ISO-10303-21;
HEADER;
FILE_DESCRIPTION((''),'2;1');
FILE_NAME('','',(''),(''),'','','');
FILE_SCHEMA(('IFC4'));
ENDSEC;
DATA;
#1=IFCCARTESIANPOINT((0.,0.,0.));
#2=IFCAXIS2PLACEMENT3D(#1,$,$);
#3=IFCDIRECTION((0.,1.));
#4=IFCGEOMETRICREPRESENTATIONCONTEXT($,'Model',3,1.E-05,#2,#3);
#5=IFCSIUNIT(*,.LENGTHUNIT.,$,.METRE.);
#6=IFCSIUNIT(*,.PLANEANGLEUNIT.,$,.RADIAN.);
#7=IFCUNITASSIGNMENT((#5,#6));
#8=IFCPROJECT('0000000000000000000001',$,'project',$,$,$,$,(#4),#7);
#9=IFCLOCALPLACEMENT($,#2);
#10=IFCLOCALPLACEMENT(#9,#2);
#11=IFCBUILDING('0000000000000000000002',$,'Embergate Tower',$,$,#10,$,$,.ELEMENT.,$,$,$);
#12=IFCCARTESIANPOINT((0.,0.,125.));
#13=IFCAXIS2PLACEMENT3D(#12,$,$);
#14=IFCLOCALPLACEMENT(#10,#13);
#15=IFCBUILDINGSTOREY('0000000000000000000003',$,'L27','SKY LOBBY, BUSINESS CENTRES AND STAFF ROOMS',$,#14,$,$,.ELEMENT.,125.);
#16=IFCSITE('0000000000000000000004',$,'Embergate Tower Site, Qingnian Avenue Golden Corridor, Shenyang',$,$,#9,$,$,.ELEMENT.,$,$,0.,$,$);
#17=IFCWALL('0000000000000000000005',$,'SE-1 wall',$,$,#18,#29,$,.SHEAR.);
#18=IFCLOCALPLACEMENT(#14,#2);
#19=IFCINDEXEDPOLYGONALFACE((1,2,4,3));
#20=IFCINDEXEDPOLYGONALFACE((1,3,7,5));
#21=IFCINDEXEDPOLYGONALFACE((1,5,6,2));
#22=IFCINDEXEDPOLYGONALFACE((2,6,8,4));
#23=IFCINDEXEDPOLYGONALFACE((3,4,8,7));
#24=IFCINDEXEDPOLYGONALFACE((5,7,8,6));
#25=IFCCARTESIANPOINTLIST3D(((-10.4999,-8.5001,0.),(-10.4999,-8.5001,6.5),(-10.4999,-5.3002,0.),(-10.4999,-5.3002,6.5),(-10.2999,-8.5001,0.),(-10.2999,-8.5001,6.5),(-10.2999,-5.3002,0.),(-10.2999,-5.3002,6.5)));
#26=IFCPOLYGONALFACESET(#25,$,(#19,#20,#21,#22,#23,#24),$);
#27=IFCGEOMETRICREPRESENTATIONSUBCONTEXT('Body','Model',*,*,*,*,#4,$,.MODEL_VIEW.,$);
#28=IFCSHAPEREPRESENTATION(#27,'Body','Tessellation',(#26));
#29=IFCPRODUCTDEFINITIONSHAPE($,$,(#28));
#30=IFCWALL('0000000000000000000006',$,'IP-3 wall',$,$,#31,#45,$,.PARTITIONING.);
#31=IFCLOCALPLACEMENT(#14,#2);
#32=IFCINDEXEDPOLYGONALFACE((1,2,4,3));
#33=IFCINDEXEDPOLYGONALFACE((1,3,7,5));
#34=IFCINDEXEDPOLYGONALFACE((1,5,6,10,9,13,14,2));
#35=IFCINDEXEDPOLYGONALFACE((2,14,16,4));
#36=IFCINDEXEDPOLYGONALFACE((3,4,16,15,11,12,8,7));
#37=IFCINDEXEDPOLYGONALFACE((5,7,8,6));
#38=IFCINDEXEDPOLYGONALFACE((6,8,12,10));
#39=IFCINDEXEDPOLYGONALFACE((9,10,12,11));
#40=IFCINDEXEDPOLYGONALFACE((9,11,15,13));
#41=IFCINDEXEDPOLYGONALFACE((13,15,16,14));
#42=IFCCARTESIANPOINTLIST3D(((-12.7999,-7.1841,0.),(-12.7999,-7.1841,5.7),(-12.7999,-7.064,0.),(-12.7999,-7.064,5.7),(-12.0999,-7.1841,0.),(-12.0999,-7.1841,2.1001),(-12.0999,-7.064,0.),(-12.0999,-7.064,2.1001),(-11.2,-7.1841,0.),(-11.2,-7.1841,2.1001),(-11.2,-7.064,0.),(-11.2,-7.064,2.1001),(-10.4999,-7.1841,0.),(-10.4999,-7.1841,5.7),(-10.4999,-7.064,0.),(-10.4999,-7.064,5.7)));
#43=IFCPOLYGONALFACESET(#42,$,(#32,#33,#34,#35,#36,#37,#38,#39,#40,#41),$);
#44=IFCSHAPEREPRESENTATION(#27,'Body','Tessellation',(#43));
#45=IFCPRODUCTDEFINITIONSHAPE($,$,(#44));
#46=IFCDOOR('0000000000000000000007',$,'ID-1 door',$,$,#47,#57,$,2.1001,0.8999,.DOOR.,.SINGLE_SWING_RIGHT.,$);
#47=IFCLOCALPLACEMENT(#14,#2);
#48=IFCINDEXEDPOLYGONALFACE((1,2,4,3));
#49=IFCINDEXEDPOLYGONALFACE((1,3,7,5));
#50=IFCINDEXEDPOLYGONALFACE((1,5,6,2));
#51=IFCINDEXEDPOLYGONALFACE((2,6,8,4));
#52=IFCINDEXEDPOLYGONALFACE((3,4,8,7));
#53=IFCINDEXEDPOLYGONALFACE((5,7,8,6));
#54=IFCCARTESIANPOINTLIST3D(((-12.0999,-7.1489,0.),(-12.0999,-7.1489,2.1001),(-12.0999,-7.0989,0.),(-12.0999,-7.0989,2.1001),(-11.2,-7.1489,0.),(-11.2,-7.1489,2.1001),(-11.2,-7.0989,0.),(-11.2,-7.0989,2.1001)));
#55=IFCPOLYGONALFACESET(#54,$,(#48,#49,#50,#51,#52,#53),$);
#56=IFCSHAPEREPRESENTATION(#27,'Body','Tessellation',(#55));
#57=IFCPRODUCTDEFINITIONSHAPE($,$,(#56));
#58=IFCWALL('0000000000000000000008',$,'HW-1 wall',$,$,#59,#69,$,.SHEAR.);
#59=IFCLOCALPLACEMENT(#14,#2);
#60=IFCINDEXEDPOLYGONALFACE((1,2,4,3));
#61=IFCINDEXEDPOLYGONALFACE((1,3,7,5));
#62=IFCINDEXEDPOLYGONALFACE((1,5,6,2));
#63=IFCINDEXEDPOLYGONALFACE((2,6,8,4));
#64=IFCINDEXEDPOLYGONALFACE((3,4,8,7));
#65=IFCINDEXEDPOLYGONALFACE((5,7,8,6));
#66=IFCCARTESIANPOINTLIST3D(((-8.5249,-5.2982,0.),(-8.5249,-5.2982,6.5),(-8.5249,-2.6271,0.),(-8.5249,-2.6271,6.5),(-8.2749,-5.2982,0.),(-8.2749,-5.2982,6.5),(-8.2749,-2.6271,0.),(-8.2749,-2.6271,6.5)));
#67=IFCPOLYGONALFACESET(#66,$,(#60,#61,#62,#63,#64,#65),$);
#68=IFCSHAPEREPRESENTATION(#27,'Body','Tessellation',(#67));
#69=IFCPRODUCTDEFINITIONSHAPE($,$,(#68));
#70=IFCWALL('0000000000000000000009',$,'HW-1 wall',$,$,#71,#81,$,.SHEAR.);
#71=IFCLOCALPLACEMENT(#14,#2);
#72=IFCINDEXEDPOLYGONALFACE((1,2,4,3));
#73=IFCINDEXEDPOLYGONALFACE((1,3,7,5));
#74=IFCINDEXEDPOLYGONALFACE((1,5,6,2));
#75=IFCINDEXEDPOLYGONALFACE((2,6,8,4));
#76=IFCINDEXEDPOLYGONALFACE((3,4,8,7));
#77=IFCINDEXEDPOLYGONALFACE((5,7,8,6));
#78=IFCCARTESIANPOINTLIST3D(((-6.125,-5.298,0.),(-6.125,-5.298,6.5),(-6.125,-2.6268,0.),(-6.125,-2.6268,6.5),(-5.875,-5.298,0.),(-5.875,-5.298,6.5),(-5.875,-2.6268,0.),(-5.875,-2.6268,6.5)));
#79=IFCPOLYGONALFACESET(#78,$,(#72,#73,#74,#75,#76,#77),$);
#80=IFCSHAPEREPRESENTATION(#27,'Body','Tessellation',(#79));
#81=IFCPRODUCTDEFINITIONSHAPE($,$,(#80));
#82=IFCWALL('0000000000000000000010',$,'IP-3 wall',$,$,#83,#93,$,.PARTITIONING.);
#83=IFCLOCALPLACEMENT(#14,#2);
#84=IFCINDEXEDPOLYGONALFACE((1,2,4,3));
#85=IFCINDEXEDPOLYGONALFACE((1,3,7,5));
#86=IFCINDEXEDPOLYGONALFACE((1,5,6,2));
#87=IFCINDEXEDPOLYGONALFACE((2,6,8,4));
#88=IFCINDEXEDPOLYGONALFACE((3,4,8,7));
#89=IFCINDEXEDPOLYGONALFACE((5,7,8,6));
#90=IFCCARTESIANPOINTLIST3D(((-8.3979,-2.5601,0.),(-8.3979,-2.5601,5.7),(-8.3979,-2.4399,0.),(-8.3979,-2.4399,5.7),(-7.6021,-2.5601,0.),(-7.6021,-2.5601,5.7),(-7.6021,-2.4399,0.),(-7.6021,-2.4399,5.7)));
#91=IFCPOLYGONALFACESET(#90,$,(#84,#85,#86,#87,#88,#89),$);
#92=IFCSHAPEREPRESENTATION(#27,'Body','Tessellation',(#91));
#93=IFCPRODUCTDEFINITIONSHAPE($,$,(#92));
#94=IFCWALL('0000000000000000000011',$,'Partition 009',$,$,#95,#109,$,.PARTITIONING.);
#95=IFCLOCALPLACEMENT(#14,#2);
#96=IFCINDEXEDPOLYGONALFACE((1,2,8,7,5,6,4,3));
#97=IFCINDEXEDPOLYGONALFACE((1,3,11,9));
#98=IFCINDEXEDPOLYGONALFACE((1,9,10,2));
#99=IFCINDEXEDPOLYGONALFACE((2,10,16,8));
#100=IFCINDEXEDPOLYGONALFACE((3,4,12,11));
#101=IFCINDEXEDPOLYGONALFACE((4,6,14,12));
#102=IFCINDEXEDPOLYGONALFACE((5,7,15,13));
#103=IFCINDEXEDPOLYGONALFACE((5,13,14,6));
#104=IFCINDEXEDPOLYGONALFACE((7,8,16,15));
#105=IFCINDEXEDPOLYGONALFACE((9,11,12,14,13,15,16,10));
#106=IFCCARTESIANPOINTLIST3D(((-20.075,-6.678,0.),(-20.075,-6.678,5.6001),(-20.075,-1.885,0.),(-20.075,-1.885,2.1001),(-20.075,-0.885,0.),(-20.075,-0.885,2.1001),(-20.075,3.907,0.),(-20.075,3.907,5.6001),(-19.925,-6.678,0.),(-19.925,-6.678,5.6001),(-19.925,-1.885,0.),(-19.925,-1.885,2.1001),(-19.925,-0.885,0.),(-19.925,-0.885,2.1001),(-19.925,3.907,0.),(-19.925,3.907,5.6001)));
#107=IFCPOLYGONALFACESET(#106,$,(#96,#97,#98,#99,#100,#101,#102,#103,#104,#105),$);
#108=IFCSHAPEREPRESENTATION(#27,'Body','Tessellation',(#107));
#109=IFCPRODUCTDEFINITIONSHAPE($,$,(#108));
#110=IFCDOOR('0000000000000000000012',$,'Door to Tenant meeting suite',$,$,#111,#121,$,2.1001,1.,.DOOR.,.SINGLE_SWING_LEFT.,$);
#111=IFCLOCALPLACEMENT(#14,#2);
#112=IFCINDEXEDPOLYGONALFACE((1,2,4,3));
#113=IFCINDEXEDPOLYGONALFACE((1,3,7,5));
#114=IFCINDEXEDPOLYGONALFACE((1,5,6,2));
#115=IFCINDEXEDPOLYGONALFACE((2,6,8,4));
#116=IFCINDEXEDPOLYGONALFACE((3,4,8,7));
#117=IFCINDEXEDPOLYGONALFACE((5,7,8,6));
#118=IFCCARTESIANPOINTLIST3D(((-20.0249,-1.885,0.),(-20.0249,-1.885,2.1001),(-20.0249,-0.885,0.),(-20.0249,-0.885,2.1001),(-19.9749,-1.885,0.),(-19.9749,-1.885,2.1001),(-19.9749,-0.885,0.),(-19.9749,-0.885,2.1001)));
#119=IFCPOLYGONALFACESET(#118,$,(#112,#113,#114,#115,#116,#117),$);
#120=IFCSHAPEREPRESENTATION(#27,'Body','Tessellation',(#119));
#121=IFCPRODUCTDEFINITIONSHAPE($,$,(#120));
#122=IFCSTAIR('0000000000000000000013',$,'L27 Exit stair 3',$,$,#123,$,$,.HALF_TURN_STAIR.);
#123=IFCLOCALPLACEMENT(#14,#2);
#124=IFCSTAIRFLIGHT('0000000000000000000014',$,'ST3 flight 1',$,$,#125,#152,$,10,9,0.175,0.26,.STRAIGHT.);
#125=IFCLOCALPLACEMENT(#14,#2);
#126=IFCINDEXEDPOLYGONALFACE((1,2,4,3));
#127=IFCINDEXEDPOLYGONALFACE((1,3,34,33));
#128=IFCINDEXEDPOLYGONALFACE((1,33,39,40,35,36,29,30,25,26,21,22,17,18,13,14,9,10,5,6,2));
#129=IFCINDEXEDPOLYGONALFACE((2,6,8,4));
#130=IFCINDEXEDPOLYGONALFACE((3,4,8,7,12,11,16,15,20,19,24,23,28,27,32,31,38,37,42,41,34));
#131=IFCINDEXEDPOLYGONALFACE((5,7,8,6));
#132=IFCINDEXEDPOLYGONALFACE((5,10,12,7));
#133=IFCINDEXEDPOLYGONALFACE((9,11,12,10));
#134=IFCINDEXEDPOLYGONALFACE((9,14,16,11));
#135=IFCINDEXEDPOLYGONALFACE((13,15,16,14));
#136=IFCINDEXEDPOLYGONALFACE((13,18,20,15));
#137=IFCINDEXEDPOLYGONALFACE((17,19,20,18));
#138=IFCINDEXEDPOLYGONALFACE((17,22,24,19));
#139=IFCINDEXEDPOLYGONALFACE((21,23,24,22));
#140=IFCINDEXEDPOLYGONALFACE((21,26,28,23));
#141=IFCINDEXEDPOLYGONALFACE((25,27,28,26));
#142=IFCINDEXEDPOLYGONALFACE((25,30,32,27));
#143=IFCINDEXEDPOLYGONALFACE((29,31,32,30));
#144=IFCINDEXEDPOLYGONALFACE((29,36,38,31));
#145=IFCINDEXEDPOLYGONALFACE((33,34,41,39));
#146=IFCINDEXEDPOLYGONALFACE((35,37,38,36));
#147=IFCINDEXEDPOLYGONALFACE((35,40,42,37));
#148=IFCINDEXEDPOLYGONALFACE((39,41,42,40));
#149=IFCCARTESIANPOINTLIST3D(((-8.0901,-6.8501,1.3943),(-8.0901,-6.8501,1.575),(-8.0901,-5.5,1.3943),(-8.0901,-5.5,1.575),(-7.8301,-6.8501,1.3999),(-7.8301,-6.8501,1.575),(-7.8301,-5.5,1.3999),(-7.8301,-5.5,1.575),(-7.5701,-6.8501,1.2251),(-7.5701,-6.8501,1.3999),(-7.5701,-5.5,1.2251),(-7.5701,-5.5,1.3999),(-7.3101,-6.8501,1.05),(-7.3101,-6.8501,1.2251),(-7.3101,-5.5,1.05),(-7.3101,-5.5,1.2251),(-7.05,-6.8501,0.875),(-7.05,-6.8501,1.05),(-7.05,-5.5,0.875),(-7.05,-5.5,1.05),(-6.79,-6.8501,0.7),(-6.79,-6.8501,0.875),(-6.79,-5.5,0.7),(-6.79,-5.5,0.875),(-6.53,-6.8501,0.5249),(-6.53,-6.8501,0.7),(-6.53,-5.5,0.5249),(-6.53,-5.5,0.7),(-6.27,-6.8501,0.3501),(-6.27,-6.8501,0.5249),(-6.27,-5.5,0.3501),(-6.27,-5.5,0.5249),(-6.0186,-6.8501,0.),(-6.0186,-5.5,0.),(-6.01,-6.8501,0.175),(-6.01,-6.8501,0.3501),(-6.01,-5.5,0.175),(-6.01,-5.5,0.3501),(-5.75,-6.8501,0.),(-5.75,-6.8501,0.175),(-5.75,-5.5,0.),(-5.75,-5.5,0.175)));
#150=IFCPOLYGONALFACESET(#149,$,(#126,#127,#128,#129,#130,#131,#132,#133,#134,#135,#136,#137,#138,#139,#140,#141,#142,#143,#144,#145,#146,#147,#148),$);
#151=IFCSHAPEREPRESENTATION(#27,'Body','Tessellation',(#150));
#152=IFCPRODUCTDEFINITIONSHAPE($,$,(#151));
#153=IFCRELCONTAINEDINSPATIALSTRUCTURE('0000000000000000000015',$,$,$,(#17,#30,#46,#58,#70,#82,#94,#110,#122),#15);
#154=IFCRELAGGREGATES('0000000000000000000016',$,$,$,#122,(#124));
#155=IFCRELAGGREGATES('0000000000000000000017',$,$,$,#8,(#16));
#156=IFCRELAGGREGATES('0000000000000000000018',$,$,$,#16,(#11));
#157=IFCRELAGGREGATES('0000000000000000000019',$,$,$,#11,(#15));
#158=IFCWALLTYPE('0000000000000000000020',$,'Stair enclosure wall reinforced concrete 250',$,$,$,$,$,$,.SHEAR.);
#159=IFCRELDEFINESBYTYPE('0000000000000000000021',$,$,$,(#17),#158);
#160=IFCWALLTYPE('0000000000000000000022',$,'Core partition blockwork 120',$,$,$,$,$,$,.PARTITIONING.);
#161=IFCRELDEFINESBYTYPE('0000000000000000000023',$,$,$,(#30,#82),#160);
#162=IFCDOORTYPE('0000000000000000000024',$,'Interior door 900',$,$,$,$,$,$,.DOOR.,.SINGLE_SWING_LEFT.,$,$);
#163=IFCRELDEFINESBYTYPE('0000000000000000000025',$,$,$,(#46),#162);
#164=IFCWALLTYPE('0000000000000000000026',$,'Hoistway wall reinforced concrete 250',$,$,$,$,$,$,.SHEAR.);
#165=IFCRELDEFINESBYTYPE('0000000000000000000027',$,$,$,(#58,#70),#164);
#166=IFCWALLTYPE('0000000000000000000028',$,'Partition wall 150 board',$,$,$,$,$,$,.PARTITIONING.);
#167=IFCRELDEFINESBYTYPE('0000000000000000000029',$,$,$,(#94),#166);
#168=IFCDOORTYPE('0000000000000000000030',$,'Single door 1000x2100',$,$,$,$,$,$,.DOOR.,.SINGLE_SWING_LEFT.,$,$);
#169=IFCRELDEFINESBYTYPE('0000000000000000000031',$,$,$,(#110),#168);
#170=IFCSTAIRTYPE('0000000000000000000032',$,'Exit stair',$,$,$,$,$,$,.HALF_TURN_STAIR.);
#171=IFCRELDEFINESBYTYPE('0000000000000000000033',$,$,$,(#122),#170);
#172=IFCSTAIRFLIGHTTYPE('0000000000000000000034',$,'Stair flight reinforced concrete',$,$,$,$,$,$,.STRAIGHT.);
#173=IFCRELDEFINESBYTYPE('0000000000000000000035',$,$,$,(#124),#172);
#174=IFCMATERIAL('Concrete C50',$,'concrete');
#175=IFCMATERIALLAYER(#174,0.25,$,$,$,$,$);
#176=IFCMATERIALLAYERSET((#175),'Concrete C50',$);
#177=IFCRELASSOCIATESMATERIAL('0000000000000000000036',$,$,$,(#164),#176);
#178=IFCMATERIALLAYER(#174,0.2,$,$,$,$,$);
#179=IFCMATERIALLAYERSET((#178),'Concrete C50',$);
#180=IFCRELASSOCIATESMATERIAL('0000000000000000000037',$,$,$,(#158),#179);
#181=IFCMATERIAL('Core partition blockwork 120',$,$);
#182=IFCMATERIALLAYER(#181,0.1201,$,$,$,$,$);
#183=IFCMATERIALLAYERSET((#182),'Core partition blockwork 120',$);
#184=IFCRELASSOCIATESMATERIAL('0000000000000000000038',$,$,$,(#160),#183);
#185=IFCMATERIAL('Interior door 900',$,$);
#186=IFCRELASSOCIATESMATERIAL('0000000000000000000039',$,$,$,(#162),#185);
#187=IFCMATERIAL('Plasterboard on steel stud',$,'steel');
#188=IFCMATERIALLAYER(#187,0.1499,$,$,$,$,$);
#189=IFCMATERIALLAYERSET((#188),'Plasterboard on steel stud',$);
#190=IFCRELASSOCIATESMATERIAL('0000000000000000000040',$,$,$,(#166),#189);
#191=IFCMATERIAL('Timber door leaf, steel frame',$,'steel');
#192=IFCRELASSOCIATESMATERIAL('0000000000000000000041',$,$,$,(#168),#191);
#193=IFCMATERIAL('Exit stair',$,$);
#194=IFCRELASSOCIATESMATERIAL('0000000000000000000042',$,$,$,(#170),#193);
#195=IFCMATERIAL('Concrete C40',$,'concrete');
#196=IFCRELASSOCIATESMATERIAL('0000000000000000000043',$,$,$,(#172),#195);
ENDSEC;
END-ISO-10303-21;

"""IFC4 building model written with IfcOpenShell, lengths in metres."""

from ifc_helpers import new_model, si_unit, direction, frame, frame_2d, origin, place, context, subcontext, project, spatial, polyline, rectangle, outline, extrude, source, transform, mapped, material, layer, layer_set, type_object, element, fill, aggregate, save


model = new_model("IFC4")

# Units and contexts
model_context = context("Model", 3, precision=1e-05, world=origin(), true_north=direction((0.0, 1.0)))
body_context = subcontext(model_context, "Body", "Model", "MODEL_VIEW")
ifc_project = project(units=[si_unit("LENGTHUNIT", "METRE"), si_unit("PLANEANGLEUNIT", "RADIAN")], contexts=[model_context])

# Site, building, storey
site_placement = place(None, origin())
site = spatial("IfcSite", under=ifc_project, at=site_placement, Name="Embergate Tower Site, Qingnian Avenue Golden Corridor, Shenyang", CompositionType="ELEMENT", RefElevation=0.0)
building_placement = place(site_placement, origin())
building = spatial("IfcBuilding", under=site, at=building_placement, Name="Embergate Tower", CompositionType="ELEMENT")
storey_placement = place(building_placement, frame((0.0, 0.0, 125.0)))
storey = spatial("IfcBuildingStorey", under=building, at=storey_placement, Name="L27", Description="SKY LOBBY, BUSINESS CENTRES AND STAFF ROOMS", CompositionType="ELEMENT", Elevation=125.0)

# Shared definitions
ifc_material_1 = material(Name="Concrete C50", Category="concrete")
ifc_layer_1 = layer(ifc_material_1, 0.25)
ifc_layer_set_1 = layer_set([ifc_layer_1], Name="Concrete C50")
wall_type_1 = type_object("IfcWallType", Name="Hoistway wall reinforced concrete 250", PredefinedType="SHEAR", material=ifc_layer_set_1)

# Shared definitions
ifc_layer_2 = layer(ifc_material_1, 0.2)
ifc_layer_set_2 = layer_set([ifc_layer_2], Name="Concrete C50")
wall_type_2 = type_object("IfcWallType", Name="Stair enclosure wall reinforced concrete 250", PredefinedType="SHEAR", material=ifc_layer_set_2)

# Shared definitions
ifc_material_2 = material(Name="Core partition blockwork 120")
ifc_layer_3 = layer(ifc_material_2, 0.1201)
ifc_layer_set_3 = layer_set([ifc_layer_3], Name="Core partition blockwork 120")
wall_type_3 = type_object("IfcWallType", Name="Core partition blockwork 120", PredefinedType="PARTITIONING", material=ifc_layer_set_3)

# Wall
shared_shape_1 = source(origin(), body_context, "Body", "SweptSolid", [
    extrude(rectangle(XDim=3.2, YDim=0.2, at=frame_2d((1.6001, 0.0))), origin(), (0.0, 0.0, 1.0), 6.5),
])
wall_1_placement = place(storey_placement, frame((-10.3999, -5.3, 0.0), z_axis=(0.0, 0.0, 1.0), x_axis=(0.0, -1.0, 0.0)))
element("IfcWall", 1, at=wall_1_placement, inside=storey, type_object=wall_type_2, Name="SE-1 wall", PredefinedType="SHEAR", context=body_context, shape_type="MappedRepresentation", body=[
    mapped(shared_shape_1, transform((0.0, 0.0, 0.0))),
])

# Wall, opening, door
shared_shape_2 = source(origin(), body_context, "Body", "SweptSolid", [
    extrude(rectangle(XDim=2.3, YDim=0.1201, at=frame_2d((1.1499, 0.0))), origin(), (0.0, 0.0, 1.0), 5.7),
])
wall_2_placement = place(storey_placement, frame((-10.5, -7.124, 0.0), z_axis=(0.0, 0.0, 1.0), x_axis=(-1.0, 0.0, 0.0)))
wall_2 = element("IfcWall", 2, at=wall_2_placement, inside=storey, type_object=wall_type_3, Name="IP-3 wall", PredefinedType="PARTITIONING", context=body_context, shape_type="MappedRepresentation", body=[
    mapped(shared_shape_2, transform((0.0, 0.0, 0.0))),
])
shared_shape_3 = source(origin(), body_context, "Body", "SweptSolid", [
    extrude(rectangle(XDim=0.8999, YDim=2.1001, at=frame_2d((0.45, 1.05))), frame((0.0, 0.0701, 0.0), z_axis=(0.0, -1.0, 0.0), x_axis=(1.0, 0.0, 0.0)), (0.0, 0.0, 1.0), 0.1401),
])
opening_1_placement = place(wall_2_placement, frame((0.7, 0.0, 0.0)))
opening_1 = element("IfcOpeningElement", 3, at=opening_1_placement, cuts=wall_2, PredefinedType="OPENING", context=body_context, shape_type="MappedRepresentation", body=[
    mapped(shared_shape_3, transform((0.0, 0.0, 0.0))),
])
ifc_material_3 = material(Name="Interior door 900")
door_type_1 = type_object("IfcDoorType", Name="Interior door 900", OperationType="SINGLE_SWING_LEFT", PredefinedType="DOOR", material=ifc_material_3)
shared_shape_4 = source(origin(), body_context, "Body", "SweptSolid", [
    extrude(rectangle(XDim=0.8999, YDim=2.1001, at=frame_2d((0.45, 1.05))), frame((0.0, 0.0249, 0.0), z_axis=(0.0, -1.0, 0.0), x_axis=(1.0, 0.0, 0.0)), (0.0, 0.0, 1.0), 0.05),
])
door_1_placement = place(opening_1_placement, origin())
door_1 = element("IfcDoor", 4, at=door_1_placement, inside=storey, type_object=door_type_1, Name="ID-1 door", OperationType="SINGLE_SWING_RIGHT", OverallHeight=2.1001, OverallWidth=0.8999, PredefinedType="DOOR", context=body_context, shape_type="MappedRepresentation", body=[
    mapped(shared_shape_4, transform((0.0, 0.0, 0.0))),
])
fill(opening_1, door_1)

# Walls
shared_shape_5 = source(origin(), body_context, "Body", "SweptSolid", [
    extrude(rectangle(XDim=2.6711, YDim=0.25, at=frame_2d((1.3354, 0.0))), origin(), (0.0, 0.0, 1.0), 6.5),
])
for number, where, z_axis, x_axis, name in (
    (5, (-8.3999, -5.2981, 0.0), (0.0, 0.0, 1.0), (0.0, 1.0, 0.0), "HW-1 wall"),
    (6, (-6.0, -2.627, 0.0), (0.0, 0.0, 1.0), (0.0, -1.0, 0.0), "HW-1 wall"),
):
    element("IfcWall", number, at=place(storey_placement, frame(where, z_axis=z_axis, x_axis=x_axis)), inside=storey, type_object=wall_type_1, Name=name, PredefinedType="SHEAR", context=body_context, shape_type="MappedRepresentation", body=[
        mapped(shared_shape_5, transform((0.0, 0.0, 0.0))),
    ])
shared_shape_6 = source(origin(), body_context, "Body", "SweptSolid", [
    extrude(rectangle(XDim=0.7959, YDim=0.1201, at=frame_2d((0.3979, 0.0))), origin(), (0.0, 0.0, 1.0), 5.7),
])
wall_3_placement = place(storey_placement, frame((-8.3979, -2.5, 0.0), z_axis=(0.0, 0.0, 1.0), x_axis=(1.0, 0.0, 0.0)))
element("IfcWall", 7, at=wall_3_placement, inside=storey, type_object=wall_type_3, Name="IP-3 wall", PredefinedType="PARTITIONING", context=body_context, shape_type="MappedRepresentation", body=[
    mapped(shared_shape_6, transform((0.0, 0.0, 0.0))),
])

# Wall, opening, door
ifc_material_4 = material(Name="Plasterboard on steel stud", Category="steel")
ifc_layer_4 = layer(ifc_material_4, 0.1499)
ifc_layer_set_4 = layer_set([ifc_layer_4], Name="Plasterboard on steel stud")
wall_type_4 = type_object("IfcWallType", Name="Partition wall 150 board", PredefinedType="PARTITIONING", material=ifc_layer_set_4)
shared_shape_7 = source(origin(), body_context, "Body", "SweptSolid", [
    extrude(rectangle(XDim=10.585, YDim=0.1499, at=frame_2d((5.2925, 0.0))), origin(), (0.0, 0.0, 1.0), 5.6001),
])
wall_4_placement = place(storey_placement, frame((-20.0, -6.678, 0.0), z_axis=(0.0, 0.0, 1.0), x_axis=(0.0, 1.0, 0.0)))
wall_4 = element("IfcWall", 8, at=wall_4_placement, inside=storey, type_object=wall_type_4, Name="Partition 009", PredefinedType="PARTITIONING", context=body_context, shape_type="MappedRepresentation", body=[
    mapped(shared_shape_7, transform((0.0, 0.0, 0.0))),
])
shared_shape_8 = source(origin(), body_context, "Body", "SweptSolid", [
    extrude(rectangle(XDim=1.0, YDim=2.1001, at=frame_2d((0.5, 1.05))), frame((0.0, 0.085, 0.0), z_axis=(0.0, -1.0, 0.0), x_axis=(1.0, 0.0, 0.0)), (0.0, 0.0, 1.0), 0.1699),
])
opening_2_placement = place(wall_4_placement, frame((4.793, 0.0, 0.0)))
opening_2 = element("IfcOpeningElement", 9, at=opening_2_placement, cuts=wall_4, PredefinedType="OPENING", context=body_context, shape_type="MappedRepresentation", body=[
    mapped(shared_shape_8, transform((0.0, 0.0, 0.0))),
])
ifc_material_5 = material(Name="Timber door leaf, steel frame", Category="steel")
door_type_2 = type_object("IfcDoorType", Name="Single door 1000x2100", OperationType="SINGLE_SWING_LEFT", PredefinedType="DOOR", material=ifc_material_5)
shared_shape_9 = source(origin(), body_context, "Body", "SweptSolid", [
    extrude(rectangle(XDim=1.0, YDim=2.1001, at=frame_2d((0.5, 1.05))), frame((0.0, 0.0249, 0.0), z_axis=(0.0, -1.0, 0.0), x_axis=(1.0, 0.0, 0.0)), (0.0, 0.0, 1.0), 0.05),
])
door_2_placement = place(opening_2_placement, origin())
door_2 = element("IfcDoor", 10, at=door_2_placement, inside=storey, type_object=door_type_2, Name="Door to Tenant meeting suite", OperationType="SINGLE_SWING_LEFT", OverallHeight=2.1001, OverallWidth=1.0, PredefinedType="DOOR", context=body_context, shape_type="MappedRepresentation", body=[
    mapped(shared_shape_9, transform((0.0, 0.0, 0.0))),
])
fill(opening_2, door_2)

# Stair, stair flight
ifc_material_6 = material(Name="Exit stair")
stair_type = type_object("IfcStairType", Name="Exit stair", PredefinedType="HALF_TURN_STAIR", material=ifc_material_6)
stair_placement = place(storey_placement, origin())
stair = element("IfcStair", 11, at=stair_placement, inside=storey, type_object=stair_type, Name="L27 Exit stair 3", PredefinedType="HALF_TURN_STAIR")
ifc_material_7 = material(Name="Concrete C40", Category="concrete")
stair_flight_type = type_object("IfcStairFlightType", Name="Stair flight reinforced concrete", PredefinedType="STRAIGHT", material=ifc_material_7)
shared_shape_10 = source(origin(), body_context, "Body", "SweptSolid", [
    extrude(outline(polyline([(0.0, 0.0), (0.0, 0.175), (0.26, 0.175), (0.26, 0.3501), (0.52, 0.3501), (0.52, 0.5249), (0.78, 0.5249), (0.78, 0.7), (1.04, 0.7), (1.04, 0.875), (1.3, 0.875), (1.3, 1.05), (1.5601, 1.05), (1.5601, 1.2251), (1.8201, 1.2251), (1.8201, 1.3999), (2.0801, 1.3999), (2.0801, 1.575), (2.3401, 1.575), (2.3401, 1.75), (2.3401, 1.3943), (0.2686, 0.0), (0.0, 0.0)])), frame((0.0, 0.675, 0.0), z_axis=(0.0, -1.0, 0.0), x_axis=(1.0, 0.0, 0.0)), (0.0, 0.0, 1.0), 1.3501),
])
stair_flight_1_placement = place(storey_placement, frame((-5.75, -6.175, 0.0), z_axis=(0.0, 0.0, 1.0), x_axis=(-1.0, 0.0, 0.0)))
stair_flight_1 = element("IfcStairFlight", 12, at=stair_flight_1_placement, type_object=stair_flight_type, Name="ST3 flight 1", NumberOfRisers=10, NumberOfTreads=9, PredefinedType="STRAIGHT", RiserHeight=0.175, TreadLength=0.26, context=body_context, shape_type="MappedRepresentation", body=[
    mapped(shared_shape_10, transform((0.0, 0.0, 0.0))),
])
aggregate(stair, [stair_flight_1])

save(model, "model.ifc")
